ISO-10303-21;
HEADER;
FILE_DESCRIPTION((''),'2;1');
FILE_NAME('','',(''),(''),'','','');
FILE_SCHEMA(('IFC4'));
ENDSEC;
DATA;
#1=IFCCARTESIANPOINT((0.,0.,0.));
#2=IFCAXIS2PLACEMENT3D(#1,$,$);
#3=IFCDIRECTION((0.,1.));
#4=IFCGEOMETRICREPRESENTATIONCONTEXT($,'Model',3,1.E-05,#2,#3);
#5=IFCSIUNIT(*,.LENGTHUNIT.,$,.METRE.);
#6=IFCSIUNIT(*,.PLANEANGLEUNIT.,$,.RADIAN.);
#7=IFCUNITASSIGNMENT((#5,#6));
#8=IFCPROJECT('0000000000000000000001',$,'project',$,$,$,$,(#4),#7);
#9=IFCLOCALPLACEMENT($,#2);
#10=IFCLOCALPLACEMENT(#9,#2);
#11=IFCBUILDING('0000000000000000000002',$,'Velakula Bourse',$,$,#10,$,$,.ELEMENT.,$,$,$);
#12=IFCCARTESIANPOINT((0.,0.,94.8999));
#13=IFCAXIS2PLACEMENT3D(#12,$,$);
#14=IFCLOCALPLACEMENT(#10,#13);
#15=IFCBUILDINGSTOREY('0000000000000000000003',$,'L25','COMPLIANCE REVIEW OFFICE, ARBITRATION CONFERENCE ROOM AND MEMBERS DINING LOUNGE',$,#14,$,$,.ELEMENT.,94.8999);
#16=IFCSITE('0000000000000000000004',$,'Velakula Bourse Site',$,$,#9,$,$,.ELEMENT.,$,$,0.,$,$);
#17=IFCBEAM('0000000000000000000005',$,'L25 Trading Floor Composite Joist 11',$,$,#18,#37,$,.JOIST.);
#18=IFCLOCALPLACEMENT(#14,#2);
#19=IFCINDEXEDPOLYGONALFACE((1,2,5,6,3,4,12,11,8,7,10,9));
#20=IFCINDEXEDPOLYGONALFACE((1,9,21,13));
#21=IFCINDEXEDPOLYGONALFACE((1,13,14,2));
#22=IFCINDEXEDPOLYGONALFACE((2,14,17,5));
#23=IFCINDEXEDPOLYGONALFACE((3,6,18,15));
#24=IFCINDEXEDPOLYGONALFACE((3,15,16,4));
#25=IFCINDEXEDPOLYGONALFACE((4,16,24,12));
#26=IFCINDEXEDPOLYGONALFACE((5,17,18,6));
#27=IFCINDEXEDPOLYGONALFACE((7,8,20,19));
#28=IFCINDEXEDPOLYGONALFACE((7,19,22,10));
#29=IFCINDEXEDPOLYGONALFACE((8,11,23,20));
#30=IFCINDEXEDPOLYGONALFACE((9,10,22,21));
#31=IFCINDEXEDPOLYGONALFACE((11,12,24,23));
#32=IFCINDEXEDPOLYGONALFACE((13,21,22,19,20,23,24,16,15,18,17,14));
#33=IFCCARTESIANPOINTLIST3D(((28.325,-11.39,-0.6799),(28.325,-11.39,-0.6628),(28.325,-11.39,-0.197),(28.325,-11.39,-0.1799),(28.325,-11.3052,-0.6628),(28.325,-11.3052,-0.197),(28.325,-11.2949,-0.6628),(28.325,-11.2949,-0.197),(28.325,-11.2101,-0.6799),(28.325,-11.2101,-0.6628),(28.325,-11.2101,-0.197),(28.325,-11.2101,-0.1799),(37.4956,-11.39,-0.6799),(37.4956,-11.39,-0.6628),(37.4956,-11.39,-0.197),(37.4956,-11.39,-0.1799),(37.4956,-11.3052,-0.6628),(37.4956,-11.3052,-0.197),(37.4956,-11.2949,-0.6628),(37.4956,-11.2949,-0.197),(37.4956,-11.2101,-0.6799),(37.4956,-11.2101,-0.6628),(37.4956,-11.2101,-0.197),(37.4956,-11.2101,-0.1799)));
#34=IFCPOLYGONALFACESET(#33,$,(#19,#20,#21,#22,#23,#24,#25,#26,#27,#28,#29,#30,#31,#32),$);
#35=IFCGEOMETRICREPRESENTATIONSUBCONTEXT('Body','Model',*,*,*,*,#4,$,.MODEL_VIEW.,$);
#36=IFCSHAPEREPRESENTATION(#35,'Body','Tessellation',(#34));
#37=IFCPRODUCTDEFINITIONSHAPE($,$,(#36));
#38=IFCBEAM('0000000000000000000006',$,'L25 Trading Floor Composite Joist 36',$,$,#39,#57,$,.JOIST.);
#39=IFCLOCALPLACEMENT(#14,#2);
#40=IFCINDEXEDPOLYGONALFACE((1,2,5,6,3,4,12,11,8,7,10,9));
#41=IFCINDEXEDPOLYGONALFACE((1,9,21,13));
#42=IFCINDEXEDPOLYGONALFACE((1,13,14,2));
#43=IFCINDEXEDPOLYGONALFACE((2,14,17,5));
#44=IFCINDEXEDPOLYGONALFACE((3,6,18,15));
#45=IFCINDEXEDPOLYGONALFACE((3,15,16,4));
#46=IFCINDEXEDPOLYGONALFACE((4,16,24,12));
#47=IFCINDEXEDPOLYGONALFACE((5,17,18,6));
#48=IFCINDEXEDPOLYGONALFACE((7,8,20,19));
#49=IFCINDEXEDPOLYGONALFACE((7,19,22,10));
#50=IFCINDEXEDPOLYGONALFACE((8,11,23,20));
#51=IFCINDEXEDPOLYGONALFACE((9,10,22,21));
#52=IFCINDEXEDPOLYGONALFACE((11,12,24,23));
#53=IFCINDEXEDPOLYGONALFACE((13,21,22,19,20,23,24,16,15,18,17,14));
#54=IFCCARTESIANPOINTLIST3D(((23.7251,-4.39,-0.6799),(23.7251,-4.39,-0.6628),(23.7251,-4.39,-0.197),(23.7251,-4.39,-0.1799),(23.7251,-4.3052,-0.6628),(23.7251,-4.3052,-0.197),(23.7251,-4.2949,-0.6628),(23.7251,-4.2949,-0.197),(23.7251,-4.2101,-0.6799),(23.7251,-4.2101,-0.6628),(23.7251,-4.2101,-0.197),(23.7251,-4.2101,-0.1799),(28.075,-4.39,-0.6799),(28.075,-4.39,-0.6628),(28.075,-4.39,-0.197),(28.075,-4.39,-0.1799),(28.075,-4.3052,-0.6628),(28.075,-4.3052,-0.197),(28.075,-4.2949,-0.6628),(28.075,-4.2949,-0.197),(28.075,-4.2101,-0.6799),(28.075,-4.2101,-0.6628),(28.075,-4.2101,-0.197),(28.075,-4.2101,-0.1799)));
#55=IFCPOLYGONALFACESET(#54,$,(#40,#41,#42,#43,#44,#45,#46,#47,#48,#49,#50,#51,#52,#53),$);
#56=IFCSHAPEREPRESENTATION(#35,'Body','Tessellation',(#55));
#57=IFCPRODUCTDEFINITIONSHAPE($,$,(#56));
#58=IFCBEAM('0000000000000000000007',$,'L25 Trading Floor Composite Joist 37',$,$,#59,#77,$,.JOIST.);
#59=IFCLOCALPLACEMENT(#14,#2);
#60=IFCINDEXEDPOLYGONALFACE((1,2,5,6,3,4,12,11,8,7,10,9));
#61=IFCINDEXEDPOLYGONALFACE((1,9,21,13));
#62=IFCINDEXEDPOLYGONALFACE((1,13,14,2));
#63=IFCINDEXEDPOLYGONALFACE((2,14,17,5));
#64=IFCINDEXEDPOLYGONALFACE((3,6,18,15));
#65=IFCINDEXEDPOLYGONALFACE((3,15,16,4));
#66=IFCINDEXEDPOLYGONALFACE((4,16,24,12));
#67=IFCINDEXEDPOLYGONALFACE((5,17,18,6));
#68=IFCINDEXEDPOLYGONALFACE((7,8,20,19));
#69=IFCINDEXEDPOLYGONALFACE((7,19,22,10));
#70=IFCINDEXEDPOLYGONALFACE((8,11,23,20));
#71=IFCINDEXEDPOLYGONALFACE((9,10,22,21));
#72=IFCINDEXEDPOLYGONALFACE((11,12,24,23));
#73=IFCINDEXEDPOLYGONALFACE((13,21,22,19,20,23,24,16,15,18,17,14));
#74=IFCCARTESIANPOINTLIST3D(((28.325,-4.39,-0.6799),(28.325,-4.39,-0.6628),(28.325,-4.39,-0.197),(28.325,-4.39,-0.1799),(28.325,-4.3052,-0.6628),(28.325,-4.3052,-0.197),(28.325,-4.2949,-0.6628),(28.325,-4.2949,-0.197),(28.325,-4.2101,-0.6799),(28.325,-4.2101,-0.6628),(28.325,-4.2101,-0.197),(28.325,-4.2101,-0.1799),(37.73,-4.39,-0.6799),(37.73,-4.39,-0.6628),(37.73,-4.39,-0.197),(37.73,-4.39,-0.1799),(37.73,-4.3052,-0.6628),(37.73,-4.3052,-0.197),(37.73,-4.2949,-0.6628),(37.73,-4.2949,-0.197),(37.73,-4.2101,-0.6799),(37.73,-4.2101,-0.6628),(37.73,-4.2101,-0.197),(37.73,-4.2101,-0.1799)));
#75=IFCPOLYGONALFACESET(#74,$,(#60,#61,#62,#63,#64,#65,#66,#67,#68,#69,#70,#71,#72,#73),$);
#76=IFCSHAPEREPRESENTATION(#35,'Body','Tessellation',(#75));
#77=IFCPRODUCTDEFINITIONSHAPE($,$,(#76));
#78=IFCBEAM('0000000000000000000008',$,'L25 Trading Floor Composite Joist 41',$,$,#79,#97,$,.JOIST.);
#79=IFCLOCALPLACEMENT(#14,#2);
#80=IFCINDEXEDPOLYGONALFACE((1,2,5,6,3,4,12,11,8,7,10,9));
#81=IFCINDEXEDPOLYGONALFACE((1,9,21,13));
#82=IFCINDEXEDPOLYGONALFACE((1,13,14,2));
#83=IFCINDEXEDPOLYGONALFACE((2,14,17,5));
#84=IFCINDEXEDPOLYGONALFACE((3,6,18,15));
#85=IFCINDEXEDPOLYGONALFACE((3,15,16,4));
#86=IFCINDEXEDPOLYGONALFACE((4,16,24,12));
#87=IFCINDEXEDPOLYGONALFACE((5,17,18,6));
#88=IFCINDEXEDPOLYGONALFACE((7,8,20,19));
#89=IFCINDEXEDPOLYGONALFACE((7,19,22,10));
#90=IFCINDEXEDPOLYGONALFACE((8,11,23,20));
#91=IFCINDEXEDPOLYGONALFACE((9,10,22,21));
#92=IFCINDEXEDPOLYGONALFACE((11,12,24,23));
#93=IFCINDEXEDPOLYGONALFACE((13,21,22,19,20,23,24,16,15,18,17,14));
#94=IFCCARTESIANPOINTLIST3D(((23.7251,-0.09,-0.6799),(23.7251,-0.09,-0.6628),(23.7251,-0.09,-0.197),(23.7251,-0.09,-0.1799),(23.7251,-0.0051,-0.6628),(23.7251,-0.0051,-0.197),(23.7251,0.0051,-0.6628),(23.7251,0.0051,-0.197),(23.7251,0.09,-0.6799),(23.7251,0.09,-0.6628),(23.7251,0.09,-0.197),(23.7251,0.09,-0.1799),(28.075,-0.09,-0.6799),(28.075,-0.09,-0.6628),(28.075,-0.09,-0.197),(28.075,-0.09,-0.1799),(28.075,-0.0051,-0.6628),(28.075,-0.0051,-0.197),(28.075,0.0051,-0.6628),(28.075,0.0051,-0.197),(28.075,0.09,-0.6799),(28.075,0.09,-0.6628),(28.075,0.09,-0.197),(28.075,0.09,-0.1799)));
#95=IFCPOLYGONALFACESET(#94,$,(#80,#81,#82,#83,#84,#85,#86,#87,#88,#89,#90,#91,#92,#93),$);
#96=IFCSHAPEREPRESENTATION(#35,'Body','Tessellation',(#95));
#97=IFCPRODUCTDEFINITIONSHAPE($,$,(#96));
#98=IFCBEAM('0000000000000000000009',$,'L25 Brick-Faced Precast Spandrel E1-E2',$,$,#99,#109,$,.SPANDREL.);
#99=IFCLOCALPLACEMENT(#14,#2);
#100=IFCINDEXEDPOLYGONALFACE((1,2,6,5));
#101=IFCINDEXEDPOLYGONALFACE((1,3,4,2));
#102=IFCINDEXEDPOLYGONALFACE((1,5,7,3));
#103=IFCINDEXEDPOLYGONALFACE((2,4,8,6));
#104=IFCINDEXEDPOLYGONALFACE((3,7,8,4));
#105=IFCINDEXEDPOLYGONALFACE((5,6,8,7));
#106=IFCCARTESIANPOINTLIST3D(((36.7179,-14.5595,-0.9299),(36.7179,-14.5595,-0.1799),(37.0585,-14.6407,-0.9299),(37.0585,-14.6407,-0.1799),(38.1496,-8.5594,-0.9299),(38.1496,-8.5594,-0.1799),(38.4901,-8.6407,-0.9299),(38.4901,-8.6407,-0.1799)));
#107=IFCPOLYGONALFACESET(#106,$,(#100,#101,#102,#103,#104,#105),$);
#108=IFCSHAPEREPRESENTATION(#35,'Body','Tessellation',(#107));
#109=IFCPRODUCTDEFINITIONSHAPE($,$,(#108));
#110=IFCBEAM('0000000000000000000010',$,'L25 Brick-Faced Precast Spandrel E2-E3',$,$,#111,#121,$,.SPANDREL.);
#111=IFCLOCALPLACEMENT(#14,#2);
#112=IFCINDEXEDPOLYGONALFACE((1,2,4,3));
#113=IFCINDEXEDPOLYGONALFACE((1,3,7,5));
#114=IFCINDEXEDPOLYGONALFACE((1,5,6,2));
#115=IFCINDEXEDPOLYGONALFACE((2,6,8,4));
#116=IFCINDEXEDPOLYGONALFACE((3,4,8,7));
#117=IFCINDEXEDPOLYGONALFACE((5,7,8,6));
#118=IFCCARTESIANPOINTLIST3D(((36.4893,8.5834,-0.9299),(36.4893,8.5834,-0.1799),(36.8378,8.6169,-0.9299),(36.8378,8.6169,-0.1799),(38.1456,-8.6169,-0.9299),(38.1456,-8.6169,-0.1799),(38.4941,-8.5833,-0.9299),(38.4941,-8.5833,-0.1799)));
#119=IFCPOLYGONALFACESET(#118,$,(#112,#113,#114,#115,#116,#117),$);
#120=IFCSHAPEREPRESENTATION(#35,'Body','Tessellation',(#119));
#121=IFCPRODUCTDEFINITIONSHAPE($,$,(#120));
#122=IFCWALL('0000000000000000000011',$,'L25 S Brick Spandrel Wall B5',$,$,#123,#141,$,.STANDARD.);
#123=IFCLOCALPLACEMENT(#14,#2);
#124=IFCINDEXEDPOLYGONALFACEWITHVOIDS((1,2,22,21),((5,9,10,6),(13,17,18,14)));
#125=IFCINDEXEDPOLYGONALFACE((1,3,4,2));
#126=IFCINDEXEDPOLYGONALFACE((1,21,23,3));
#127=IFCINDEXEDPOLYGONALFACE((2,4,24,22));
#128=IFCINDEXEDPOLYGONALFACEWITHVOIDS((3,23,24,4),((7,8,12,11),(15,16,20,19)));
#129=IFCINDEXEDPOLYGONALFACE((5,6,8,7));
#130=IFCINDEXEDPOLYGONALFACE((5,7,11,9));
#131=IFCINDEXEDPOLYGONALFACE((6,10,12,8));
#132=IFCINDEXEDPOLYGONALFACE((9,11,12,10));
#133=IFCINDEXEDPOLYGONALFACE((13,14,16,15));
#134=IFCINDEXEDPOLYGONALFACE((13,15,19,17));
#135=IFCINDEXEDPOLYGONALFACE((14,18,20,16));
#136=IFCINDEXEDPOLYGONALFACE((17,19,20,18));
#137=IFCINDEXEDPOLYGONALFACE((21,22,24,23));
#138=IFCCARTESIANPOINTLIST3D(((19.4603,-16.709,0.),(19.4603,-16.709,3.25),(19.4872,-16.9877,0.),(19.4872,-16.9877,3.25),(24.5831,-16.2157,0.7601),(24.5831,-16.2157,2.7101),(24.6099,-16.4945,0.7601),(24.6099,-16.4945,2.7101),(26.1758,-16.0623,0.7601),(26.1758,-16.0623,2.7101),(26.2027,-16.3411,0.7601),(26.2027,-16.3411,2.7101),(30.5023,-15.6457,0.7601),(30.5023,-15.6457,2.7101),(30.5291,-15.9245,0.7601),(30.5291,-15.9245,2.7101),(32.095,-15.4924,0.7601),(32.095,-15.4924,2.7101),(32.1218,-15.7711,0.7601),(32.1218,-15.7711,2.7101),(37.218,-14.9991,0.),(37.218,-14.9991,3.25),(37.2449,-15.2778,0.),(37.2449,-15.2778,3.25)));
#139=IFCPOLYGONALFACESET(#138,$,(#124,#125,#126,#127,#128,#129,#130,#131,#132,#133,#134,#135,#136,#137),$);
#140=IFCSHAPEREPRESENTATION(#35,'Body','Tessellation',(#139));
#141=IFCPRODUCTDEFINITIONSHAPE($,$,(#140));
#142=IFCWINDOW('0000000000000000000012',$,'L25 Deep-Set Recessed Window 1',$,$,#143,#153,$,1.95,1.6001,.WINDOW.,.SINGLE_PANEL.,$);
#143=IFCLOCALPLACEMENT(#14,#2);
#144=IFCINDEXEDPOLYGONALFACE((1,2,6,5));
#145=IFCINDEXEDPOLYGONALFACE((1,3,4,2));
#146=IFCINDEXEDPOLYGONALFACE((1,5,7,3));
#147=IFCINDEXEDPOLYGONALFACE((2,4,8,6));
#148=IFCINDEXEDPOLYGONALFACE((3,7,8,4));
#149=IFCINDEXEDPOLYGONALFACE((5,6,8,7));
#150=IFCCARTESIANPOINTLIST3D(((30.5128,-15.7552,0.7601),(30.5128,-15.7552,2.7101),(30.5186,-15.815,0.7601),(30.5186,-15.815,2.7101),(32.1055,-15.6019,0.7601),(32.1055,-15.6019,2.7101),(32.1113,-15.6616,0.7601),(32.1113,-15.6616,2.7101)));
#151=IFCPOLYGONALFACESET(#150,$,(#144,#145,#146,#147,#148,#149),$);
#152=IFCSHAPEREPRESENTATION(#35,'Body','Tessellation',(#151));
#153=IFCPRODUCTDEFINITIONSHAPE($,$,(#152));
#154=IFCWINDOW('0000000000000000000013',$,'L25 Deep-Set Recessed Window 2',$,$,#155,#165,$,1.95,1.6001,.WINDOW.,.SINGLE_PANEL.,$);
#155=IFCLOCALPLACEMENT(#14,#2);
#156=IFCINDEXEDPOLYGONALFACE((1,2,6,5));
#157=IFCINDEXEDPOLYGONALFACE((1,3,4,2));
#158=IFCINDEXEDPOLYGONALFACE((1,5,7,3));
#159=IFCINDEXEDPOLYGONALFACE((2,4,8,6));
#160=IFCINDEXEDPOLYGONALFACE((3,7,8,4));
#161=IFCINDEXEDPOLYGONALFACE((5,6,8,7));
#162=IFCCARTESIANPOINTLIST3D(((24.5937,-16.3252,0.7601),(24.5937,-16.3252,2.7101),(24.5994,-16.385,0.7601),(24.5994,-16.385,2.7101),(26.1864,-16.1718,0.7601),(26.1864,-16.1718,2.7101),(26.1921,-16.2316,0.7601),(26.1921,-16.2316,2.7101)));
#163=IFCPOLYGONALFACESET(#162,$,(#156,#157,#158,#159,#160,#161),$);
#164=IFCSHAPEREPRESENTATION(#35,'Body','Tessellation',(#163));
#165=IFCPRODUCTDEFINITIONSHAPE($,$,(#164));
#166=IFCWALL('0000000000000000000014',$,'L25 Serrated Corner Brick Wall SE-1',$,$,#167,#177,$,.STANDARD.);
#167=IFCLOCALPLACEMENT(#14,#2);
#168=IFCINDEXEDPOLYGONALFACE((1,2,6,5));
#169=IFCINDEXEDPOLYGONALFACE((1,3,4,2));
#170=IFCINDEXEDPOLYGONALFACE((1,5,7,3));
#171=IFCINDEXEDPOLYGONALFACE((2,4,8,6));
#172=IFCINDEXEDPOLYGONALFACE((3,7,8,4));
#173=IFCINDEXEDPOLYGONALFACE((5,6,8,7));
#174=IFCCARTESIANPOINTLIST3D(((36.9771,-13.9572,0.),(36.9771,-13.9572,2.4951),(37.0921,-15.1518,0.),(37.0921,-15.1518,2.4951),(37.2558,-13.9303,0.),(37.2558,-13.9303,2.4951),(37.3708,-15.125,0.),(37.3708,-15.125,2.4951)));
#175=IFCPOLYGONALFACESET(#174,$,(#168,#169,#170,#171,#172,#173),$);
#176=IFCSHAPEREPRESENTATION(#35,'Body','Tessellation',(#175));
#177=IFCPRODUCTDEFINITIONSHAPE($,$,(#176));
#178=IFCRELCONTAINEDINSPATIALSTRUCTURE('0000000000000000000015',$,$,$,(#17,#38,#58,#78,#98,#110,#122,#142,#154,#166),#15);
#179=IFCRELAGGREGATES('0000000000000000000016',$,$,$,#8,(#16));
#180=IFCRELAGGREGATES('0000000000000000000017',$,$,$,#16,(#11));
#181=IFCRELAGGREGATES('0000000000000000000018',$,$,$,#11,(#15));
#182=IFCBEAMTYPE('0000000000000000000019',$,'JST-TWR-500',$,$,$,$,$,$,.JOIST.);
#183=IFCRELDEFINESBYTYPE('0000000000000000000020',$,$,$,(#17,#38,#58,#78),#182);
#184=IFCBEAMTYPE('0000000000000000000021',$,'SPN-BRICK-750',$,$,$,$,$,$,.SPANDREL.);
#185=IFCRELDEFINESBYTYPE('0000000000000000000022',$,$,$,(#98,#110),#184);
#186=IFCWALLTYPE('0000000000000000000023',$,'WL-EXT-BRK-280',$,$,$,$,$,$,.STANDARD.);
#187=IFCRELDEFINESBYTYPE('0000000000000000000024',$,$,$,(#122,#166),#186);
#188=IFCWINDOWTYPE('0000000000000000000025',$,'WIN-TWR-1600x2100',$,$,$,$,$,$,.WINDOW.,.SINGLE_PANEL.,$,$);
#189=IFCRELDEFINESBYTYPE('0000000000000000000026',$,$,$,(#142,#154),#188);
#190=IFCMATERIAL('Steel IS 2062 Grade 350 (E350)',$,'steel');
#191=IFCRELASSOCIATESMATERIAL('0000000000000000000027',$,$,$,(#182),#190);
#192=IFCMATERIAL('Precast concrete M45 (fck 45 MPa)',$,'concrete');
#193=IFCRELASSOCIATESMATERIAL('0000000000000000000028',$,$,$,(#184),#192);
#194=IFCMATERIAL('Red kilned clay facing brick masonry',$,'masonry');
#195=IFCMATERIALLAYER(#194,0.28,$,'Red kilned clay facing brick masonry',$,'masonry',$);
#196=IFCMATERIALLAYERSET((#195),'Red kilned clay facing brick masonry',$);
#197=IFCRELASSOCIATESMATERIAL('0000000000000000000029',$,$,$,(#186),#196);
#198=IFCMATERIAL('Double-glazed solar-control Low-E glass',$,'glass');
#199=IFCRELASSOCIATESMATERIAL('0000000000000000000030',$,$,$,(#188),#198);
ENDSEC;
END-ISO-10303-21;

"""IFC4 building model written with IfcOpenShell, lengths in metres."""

from ifc_helpers import new_model, si_unit, direction, frame, frame_2d, origin, origin_2d, place, context, subcontext, project, spatial, rectangle, i_section, extrude, material, layer, layer_set, material_profile, profile_set, type_object, element, fill, save


model = new_model("IFC4")

# Units and contexts
model_context = context("Model", 3, precision=1e-05, world=origin(), true_north=direction((0.0, 1.0)))
body_context = subcontext(model_context, "Body", "Model", "MODEL_VIEW")
ifc_project = project(units=[si_unit("LENGTHUNIT", "METRE"), si_unit("PLANEANGLEUNIT", "RADIAN")], contexts=[model_context])

# Site, building, storey
site_placement = place(None, origin())
site = spatial("IfcSite", under=ifc_project, at=site_placement, Name="Velakula Bourse Site", CompositionType="ELEMENT", RefElevation=0.0)
building_placement = place(site_placement, origin())
building = spatial("IfcBuilding", under=site, at=building_placement, Name="Velakula Bourse", CompositionType="ELEMENT")
storey_placement = place(building_placement, frame((0.0, 0.0, 94.8999)))
storey = spatial("IfcBuildingStorey", under=building, at=storey_placement, Name="L25", Description="COMPLIANCE REVIEW OFFICE, ARBITRATION CONFERENCE ROOM AND MEMBERS DINING LOUNGE", CompositionType="ELEMENT", Elevation=94.8999)

# Beams
ifc_material_1 = material(Name="Steel IS 2062 Grade 350 (E350)", Category="steel")
ifc_material_profile_1 = material_profile(ifc_material_1, i_section(OverallWidth=0.1799, OverallDepth=0.5, WebThickness=0.0103, FlangeThickness=0.0171, at=origin_2d()), Name="Steel IS 2062 Grade 350 (E350)")
ifc_profile_set_1 = profile_set([ifc_material_profile_1], Name="Steel IS 2062 Grade 350 (E350)")
beam_type_1 = type_object("IfcBeamType", Name="JST-TWR-500", PredefinedType="JOIST", material=ifc_profile_set_1)
beam_1_placement = place(storey_placement, frame((28.325, -11.3, -0.4299), z_axis=(1.0, 0.0, 0.0), x_axis=(0.0, 1.0, 0.0)))
element("IfcBeam", 1, at=beam_1_placement, inside=storey, type_object=beam_type_1, Name="L25 Trading Floor Composite Joist 11", PredefinedType="JOIST", context=body_context, shape_type="SweptSolid", body=[
    extrude(i_section(OverallWidth=0.1799, OverallDepth=0.5, WebThickness=0.0103, FlangeThickness=0.0171, at=origin_2d()), origin(), (0.0, 0.0, 1.0), 9.1707),
])
beam_2_placement = place(storey_placement, frame((23.7251, -4.3, -0.4299), z_axis=(1.0, 0.0, 0.0), x_axis=(0.0, 1.0, 0.0)))
element("IfcBeam", 2, at=beam_2_placement, inside=storey, type_object=beam_type_1, Name="L25 Trading Floor Composite Joist 36", PredefinedType="JOIST", context=body_context, shape_type="SweptSolid", body=[
    extrude(i_section(OverallWidth=0.1799, OverallDepth=0.5, WebThickness=0.0103, FlangeThickness=0.0171, at=origin_2d()), origin(), (0.0, 0.0, 1.0), 4.3499),
])
beam_3_placement = place(storey_placement, frame((28.325, -4.3, -0.4299), z_axis=(1.0, 0.0, 0.0), x_axis=(0.0, 1.0, 0.0)))
element("IfcBeam", 3, at=beam_3_placement, inside=storey, type_object=beam_type_1, Name="L25 Trading Floor Composite Joist 37", PredefinedType="JOIST", context=body_context, shape_type="SweptSolid", body=[
    extrude(i_section(OverallWidth=0.1799, OverallDepth=0.5, WebThickness=0.0103, FlangeThickness=0.0171, at=origin_2d()), origin(), (0.0, 0.0, 1.0), 9.405),
])
beam_4_placement = place(storey_placement, frame((23.7251, 0.0, -0.4299), z_axis=(1.0, 0.0, 0.0), x_axis=(0.0, 1.0, 0.0)))
element("IfcBeam", 4, at=beam_4_placement, inside=storey, type_object=beam_type_1, Name="L25 Trading Floor Composite Joist 41", PredefinedType="JOIST", context=body_context, shape_type="SweptSolid", body=[
    extrude(i_section(OverallWidth=0.1799, OverallDepth=0.5, WebThickness=0.0103, FlangeThickness=0.0171, at=origin_2d()), origin(), (0.0, 0.0, 1.0), 4.3499),
])
ifc_material_2 = material(Name="Precast concrete M45 (fck 45 MPa)", Category="concrete")
ifc_material_profile_2 = material_profile(ifc_material_2, rectangle(XDim=0.3501, YDim=0.75, at=origin_2d()), Name="Precast concrete M45 (fck 45 MPa)")
ifc_profile_set_2 = profile_set([ifc_material_profile_2], Name="Precast concrete M45 (fck 45 MPa)")
beam_type_2 = type_object("IfcBeamType", Name="SPN-BRICK-750", PredefinedType="SPANDREL", material=ifc_profile_set_2)
beam_5_placement = place(storey_placement, frame((36.8882, -14.6001, -0.5549), z_axis=(0.232091, 0.972694, 0.0), x_axis=(-0.972694, 0.232091, 0.0)))
element("IfcBeam", 5, at=beam_5_placement, inside=storey, type_object=beam_type_2, Name="L25 Brick-Faced Precast Spandrel E1-E2", PredefinedType="SPANDREL", context=body_context, shape_type="SweptSolid", body=[
    extrude(rectangle(XDim=0.3501, YDim=0.75, at=origin_2d()), origin(), (0.0, 0.0, 1.0), 6.1685),
])
beam_6_placement = place(storey_placement, frame((38.3198, -8.6001, -0.5549), z_axis=(-0.095849, 0.995396, 0.0), x_axis=(-0.995396, -0.095849, 0.0)))
element("IfcBeam", 6, at=beam_6_placement, inside=storey, type_object=beam_type_2, Name="L25 Brick-Faced Precast Spandrel E2-E3", PredefinedType="SPANDREL", context=body_context, shape_type="SweptSolid", body=[
    extrude(rectangle(XDim=0.3501, YDim=0.75, at=origin_2d()), origin(), (0.0, 0.0, 1.0), 17.2798),
])

# Wall, openings, windows
ifc_material_3 = material(Name="Red kilned clay facing brick masonry", Category="masonry")
ifc_layer_1 = layer(ifc_material_3, 0.28, Name="Red kilned clay facing brick masonry", Category="masonry")
ifc_layer_set_1 = layer_set([ifc_layer_1], Name="Red kilned clay facing brick masonry")
wall_type_1 = type_object("IfcWallType", Name="WL-EXT-BRK-280", PredefinedType="STANDARD", material=ifc_layer_set_1)
wall_1_placement = place(storey_placement, frame((37.2314, -15.1384, 0.0), z_axis=(0.0, 0.0, 1.0), x_axis=(-0.995396, -0.09585, 0.0)))
wall_1 = element("IfcWall", 7, at=wall_1_placement, inside=storey, type_object=wall_type_1, Name="L25 S Brick Spandrel Wall B5", PredefinedType="STANDARD", context=body_context, shape_type="SweptSolid", body=[
    extrude(rectangle(XDim=17.8398, YDim=0.28, at=frame_2d((8.9199, 0.0))), origin(), (0.0, 0.0, 1.0), 3.25),
])
opening_1_placement = place(wall_1_placement, frame((5.1467, 0.0, 0.76)))
opening_1 = element("IfcOpeningElement", 8, at=opening_1_placement, cuts=wall_1, PredefinedType="OPENING", context=body_context, shape_type="SweptSolid", body=[
    extrude(rectangle(XDim=1.6001, YDim=1.95, at=frame_2d((0.8, 0.9751))), frame((0.0, 0.1499, 0.0), z_axis=(0.0, -1.0, 0.0), x_axis=(1.0, 0.0, 0.0)), (0.0, 0.0, 1.0), 0.3),
])
opening_2_placement = place(wall_1_placement, frame((11.0933, 0.0, 0.76)))
opening_2 = element("IfcOpeningElement", 9, at=opening_2_placement, cuts=wall_1, PredefinedType="OPENING", context=body_context, shape_type="SweptSolid", body=[
    extrude(rectangle(XDim=1.6001, YDim=1.95, at=frame_2d((0.8, 0.9751))), frame((0.0, 0.1499, 0.0), z_axis=(0.0, -1.0, 0.0), x_axis=(1.0, 0.0, 0.0)), (0.0, 0.0, 1.0), 0.3),
])
ifc_material_4 = material(Name="Double-glazed solar-control Low-E glass", Category="glass")
window_type = type_object("IfcWindowType", Name="WIN-TWR-1600x2100", PartitioningType="SINGLE_PANEL", PredefinedType="WINDOW", material=ifc_material_4)
window_1_placement = place(opening_1_placement, origin())
window_1 = element("IfcWindow", 10, at=window_1_placement, inside=storey, type_object=window_type, Name="L25 Deep-Set Recessed Window 1", OverallHeight=1.95, OverallWidth=1.6001, PartitioningType="SINGLE_PANEL", PredefinedType="WINDOW", context=body_context, shape_type="SweptSolid", body=[
    extrude(rectangle(XDim=1.6001, YDim=1.95, at=frame_2d((0.8, 0.9751))), frame((0.0, 0.03, 0.0), z_axis=(0.0, -1.0, 0.0), x_axis=(1.0, 0.0, 0.0)), (0.0, 0.0, 1.0), 0.0601),
])
fill(opening_1, window_1)
window_2_placement = place(opening_2_placement, origin())
window_2 = element("IfcWindow", 11, at=window_2_placement, inside=storey, type_object=window_type, Name="L25 Deep-Set Recessed Window 2", OverallHeight=1.95, OverallWidth=1.6001, PartitioningType="SINGLE_PANEL", PredefinedType="WINDOW", context=body_context, shape_type="SweptSolid", body=[
    extrude(rectangle(XDim=1.6001, YDim=1.95, at=frame_2d((0.8, 0.9751))), frame((0.0, 0.03, 0.0), z_axis=(0.0, -1.0, 0.0), x_axis=(1.0, 0.0, 0.0)), (0.0, 0.0, 1.0), 0.0601),
])
fill(opening_2, window_2)

# Wall
for number, where, z_axis, x_axis, name in (
    (12, (37.2314, -15.1384, 0.0), (0.0, 0.0, 1.0), (-0.095817, 0.995399, 0.0), "L25 Serrated Corner Brick Wall SE-1"),
):
    element("IfcWall", number, at=place(storey_placement, frame(where, z_axis=z_axis, x_axis=x_axis)), inside=storey, type_object=wall_type_1, Name=name, PredefinedType="STANDARD", context=body_context, shape_type="SweptSolid", body=[
        extrude(rectangle(XDim=1.2002, YDim=0.28, at=frame_2d((0.6001, 0.0))), origin(), (0.0, 0.0, 1.0), 2.4951),
    ])

save(model, "model.ifc")
